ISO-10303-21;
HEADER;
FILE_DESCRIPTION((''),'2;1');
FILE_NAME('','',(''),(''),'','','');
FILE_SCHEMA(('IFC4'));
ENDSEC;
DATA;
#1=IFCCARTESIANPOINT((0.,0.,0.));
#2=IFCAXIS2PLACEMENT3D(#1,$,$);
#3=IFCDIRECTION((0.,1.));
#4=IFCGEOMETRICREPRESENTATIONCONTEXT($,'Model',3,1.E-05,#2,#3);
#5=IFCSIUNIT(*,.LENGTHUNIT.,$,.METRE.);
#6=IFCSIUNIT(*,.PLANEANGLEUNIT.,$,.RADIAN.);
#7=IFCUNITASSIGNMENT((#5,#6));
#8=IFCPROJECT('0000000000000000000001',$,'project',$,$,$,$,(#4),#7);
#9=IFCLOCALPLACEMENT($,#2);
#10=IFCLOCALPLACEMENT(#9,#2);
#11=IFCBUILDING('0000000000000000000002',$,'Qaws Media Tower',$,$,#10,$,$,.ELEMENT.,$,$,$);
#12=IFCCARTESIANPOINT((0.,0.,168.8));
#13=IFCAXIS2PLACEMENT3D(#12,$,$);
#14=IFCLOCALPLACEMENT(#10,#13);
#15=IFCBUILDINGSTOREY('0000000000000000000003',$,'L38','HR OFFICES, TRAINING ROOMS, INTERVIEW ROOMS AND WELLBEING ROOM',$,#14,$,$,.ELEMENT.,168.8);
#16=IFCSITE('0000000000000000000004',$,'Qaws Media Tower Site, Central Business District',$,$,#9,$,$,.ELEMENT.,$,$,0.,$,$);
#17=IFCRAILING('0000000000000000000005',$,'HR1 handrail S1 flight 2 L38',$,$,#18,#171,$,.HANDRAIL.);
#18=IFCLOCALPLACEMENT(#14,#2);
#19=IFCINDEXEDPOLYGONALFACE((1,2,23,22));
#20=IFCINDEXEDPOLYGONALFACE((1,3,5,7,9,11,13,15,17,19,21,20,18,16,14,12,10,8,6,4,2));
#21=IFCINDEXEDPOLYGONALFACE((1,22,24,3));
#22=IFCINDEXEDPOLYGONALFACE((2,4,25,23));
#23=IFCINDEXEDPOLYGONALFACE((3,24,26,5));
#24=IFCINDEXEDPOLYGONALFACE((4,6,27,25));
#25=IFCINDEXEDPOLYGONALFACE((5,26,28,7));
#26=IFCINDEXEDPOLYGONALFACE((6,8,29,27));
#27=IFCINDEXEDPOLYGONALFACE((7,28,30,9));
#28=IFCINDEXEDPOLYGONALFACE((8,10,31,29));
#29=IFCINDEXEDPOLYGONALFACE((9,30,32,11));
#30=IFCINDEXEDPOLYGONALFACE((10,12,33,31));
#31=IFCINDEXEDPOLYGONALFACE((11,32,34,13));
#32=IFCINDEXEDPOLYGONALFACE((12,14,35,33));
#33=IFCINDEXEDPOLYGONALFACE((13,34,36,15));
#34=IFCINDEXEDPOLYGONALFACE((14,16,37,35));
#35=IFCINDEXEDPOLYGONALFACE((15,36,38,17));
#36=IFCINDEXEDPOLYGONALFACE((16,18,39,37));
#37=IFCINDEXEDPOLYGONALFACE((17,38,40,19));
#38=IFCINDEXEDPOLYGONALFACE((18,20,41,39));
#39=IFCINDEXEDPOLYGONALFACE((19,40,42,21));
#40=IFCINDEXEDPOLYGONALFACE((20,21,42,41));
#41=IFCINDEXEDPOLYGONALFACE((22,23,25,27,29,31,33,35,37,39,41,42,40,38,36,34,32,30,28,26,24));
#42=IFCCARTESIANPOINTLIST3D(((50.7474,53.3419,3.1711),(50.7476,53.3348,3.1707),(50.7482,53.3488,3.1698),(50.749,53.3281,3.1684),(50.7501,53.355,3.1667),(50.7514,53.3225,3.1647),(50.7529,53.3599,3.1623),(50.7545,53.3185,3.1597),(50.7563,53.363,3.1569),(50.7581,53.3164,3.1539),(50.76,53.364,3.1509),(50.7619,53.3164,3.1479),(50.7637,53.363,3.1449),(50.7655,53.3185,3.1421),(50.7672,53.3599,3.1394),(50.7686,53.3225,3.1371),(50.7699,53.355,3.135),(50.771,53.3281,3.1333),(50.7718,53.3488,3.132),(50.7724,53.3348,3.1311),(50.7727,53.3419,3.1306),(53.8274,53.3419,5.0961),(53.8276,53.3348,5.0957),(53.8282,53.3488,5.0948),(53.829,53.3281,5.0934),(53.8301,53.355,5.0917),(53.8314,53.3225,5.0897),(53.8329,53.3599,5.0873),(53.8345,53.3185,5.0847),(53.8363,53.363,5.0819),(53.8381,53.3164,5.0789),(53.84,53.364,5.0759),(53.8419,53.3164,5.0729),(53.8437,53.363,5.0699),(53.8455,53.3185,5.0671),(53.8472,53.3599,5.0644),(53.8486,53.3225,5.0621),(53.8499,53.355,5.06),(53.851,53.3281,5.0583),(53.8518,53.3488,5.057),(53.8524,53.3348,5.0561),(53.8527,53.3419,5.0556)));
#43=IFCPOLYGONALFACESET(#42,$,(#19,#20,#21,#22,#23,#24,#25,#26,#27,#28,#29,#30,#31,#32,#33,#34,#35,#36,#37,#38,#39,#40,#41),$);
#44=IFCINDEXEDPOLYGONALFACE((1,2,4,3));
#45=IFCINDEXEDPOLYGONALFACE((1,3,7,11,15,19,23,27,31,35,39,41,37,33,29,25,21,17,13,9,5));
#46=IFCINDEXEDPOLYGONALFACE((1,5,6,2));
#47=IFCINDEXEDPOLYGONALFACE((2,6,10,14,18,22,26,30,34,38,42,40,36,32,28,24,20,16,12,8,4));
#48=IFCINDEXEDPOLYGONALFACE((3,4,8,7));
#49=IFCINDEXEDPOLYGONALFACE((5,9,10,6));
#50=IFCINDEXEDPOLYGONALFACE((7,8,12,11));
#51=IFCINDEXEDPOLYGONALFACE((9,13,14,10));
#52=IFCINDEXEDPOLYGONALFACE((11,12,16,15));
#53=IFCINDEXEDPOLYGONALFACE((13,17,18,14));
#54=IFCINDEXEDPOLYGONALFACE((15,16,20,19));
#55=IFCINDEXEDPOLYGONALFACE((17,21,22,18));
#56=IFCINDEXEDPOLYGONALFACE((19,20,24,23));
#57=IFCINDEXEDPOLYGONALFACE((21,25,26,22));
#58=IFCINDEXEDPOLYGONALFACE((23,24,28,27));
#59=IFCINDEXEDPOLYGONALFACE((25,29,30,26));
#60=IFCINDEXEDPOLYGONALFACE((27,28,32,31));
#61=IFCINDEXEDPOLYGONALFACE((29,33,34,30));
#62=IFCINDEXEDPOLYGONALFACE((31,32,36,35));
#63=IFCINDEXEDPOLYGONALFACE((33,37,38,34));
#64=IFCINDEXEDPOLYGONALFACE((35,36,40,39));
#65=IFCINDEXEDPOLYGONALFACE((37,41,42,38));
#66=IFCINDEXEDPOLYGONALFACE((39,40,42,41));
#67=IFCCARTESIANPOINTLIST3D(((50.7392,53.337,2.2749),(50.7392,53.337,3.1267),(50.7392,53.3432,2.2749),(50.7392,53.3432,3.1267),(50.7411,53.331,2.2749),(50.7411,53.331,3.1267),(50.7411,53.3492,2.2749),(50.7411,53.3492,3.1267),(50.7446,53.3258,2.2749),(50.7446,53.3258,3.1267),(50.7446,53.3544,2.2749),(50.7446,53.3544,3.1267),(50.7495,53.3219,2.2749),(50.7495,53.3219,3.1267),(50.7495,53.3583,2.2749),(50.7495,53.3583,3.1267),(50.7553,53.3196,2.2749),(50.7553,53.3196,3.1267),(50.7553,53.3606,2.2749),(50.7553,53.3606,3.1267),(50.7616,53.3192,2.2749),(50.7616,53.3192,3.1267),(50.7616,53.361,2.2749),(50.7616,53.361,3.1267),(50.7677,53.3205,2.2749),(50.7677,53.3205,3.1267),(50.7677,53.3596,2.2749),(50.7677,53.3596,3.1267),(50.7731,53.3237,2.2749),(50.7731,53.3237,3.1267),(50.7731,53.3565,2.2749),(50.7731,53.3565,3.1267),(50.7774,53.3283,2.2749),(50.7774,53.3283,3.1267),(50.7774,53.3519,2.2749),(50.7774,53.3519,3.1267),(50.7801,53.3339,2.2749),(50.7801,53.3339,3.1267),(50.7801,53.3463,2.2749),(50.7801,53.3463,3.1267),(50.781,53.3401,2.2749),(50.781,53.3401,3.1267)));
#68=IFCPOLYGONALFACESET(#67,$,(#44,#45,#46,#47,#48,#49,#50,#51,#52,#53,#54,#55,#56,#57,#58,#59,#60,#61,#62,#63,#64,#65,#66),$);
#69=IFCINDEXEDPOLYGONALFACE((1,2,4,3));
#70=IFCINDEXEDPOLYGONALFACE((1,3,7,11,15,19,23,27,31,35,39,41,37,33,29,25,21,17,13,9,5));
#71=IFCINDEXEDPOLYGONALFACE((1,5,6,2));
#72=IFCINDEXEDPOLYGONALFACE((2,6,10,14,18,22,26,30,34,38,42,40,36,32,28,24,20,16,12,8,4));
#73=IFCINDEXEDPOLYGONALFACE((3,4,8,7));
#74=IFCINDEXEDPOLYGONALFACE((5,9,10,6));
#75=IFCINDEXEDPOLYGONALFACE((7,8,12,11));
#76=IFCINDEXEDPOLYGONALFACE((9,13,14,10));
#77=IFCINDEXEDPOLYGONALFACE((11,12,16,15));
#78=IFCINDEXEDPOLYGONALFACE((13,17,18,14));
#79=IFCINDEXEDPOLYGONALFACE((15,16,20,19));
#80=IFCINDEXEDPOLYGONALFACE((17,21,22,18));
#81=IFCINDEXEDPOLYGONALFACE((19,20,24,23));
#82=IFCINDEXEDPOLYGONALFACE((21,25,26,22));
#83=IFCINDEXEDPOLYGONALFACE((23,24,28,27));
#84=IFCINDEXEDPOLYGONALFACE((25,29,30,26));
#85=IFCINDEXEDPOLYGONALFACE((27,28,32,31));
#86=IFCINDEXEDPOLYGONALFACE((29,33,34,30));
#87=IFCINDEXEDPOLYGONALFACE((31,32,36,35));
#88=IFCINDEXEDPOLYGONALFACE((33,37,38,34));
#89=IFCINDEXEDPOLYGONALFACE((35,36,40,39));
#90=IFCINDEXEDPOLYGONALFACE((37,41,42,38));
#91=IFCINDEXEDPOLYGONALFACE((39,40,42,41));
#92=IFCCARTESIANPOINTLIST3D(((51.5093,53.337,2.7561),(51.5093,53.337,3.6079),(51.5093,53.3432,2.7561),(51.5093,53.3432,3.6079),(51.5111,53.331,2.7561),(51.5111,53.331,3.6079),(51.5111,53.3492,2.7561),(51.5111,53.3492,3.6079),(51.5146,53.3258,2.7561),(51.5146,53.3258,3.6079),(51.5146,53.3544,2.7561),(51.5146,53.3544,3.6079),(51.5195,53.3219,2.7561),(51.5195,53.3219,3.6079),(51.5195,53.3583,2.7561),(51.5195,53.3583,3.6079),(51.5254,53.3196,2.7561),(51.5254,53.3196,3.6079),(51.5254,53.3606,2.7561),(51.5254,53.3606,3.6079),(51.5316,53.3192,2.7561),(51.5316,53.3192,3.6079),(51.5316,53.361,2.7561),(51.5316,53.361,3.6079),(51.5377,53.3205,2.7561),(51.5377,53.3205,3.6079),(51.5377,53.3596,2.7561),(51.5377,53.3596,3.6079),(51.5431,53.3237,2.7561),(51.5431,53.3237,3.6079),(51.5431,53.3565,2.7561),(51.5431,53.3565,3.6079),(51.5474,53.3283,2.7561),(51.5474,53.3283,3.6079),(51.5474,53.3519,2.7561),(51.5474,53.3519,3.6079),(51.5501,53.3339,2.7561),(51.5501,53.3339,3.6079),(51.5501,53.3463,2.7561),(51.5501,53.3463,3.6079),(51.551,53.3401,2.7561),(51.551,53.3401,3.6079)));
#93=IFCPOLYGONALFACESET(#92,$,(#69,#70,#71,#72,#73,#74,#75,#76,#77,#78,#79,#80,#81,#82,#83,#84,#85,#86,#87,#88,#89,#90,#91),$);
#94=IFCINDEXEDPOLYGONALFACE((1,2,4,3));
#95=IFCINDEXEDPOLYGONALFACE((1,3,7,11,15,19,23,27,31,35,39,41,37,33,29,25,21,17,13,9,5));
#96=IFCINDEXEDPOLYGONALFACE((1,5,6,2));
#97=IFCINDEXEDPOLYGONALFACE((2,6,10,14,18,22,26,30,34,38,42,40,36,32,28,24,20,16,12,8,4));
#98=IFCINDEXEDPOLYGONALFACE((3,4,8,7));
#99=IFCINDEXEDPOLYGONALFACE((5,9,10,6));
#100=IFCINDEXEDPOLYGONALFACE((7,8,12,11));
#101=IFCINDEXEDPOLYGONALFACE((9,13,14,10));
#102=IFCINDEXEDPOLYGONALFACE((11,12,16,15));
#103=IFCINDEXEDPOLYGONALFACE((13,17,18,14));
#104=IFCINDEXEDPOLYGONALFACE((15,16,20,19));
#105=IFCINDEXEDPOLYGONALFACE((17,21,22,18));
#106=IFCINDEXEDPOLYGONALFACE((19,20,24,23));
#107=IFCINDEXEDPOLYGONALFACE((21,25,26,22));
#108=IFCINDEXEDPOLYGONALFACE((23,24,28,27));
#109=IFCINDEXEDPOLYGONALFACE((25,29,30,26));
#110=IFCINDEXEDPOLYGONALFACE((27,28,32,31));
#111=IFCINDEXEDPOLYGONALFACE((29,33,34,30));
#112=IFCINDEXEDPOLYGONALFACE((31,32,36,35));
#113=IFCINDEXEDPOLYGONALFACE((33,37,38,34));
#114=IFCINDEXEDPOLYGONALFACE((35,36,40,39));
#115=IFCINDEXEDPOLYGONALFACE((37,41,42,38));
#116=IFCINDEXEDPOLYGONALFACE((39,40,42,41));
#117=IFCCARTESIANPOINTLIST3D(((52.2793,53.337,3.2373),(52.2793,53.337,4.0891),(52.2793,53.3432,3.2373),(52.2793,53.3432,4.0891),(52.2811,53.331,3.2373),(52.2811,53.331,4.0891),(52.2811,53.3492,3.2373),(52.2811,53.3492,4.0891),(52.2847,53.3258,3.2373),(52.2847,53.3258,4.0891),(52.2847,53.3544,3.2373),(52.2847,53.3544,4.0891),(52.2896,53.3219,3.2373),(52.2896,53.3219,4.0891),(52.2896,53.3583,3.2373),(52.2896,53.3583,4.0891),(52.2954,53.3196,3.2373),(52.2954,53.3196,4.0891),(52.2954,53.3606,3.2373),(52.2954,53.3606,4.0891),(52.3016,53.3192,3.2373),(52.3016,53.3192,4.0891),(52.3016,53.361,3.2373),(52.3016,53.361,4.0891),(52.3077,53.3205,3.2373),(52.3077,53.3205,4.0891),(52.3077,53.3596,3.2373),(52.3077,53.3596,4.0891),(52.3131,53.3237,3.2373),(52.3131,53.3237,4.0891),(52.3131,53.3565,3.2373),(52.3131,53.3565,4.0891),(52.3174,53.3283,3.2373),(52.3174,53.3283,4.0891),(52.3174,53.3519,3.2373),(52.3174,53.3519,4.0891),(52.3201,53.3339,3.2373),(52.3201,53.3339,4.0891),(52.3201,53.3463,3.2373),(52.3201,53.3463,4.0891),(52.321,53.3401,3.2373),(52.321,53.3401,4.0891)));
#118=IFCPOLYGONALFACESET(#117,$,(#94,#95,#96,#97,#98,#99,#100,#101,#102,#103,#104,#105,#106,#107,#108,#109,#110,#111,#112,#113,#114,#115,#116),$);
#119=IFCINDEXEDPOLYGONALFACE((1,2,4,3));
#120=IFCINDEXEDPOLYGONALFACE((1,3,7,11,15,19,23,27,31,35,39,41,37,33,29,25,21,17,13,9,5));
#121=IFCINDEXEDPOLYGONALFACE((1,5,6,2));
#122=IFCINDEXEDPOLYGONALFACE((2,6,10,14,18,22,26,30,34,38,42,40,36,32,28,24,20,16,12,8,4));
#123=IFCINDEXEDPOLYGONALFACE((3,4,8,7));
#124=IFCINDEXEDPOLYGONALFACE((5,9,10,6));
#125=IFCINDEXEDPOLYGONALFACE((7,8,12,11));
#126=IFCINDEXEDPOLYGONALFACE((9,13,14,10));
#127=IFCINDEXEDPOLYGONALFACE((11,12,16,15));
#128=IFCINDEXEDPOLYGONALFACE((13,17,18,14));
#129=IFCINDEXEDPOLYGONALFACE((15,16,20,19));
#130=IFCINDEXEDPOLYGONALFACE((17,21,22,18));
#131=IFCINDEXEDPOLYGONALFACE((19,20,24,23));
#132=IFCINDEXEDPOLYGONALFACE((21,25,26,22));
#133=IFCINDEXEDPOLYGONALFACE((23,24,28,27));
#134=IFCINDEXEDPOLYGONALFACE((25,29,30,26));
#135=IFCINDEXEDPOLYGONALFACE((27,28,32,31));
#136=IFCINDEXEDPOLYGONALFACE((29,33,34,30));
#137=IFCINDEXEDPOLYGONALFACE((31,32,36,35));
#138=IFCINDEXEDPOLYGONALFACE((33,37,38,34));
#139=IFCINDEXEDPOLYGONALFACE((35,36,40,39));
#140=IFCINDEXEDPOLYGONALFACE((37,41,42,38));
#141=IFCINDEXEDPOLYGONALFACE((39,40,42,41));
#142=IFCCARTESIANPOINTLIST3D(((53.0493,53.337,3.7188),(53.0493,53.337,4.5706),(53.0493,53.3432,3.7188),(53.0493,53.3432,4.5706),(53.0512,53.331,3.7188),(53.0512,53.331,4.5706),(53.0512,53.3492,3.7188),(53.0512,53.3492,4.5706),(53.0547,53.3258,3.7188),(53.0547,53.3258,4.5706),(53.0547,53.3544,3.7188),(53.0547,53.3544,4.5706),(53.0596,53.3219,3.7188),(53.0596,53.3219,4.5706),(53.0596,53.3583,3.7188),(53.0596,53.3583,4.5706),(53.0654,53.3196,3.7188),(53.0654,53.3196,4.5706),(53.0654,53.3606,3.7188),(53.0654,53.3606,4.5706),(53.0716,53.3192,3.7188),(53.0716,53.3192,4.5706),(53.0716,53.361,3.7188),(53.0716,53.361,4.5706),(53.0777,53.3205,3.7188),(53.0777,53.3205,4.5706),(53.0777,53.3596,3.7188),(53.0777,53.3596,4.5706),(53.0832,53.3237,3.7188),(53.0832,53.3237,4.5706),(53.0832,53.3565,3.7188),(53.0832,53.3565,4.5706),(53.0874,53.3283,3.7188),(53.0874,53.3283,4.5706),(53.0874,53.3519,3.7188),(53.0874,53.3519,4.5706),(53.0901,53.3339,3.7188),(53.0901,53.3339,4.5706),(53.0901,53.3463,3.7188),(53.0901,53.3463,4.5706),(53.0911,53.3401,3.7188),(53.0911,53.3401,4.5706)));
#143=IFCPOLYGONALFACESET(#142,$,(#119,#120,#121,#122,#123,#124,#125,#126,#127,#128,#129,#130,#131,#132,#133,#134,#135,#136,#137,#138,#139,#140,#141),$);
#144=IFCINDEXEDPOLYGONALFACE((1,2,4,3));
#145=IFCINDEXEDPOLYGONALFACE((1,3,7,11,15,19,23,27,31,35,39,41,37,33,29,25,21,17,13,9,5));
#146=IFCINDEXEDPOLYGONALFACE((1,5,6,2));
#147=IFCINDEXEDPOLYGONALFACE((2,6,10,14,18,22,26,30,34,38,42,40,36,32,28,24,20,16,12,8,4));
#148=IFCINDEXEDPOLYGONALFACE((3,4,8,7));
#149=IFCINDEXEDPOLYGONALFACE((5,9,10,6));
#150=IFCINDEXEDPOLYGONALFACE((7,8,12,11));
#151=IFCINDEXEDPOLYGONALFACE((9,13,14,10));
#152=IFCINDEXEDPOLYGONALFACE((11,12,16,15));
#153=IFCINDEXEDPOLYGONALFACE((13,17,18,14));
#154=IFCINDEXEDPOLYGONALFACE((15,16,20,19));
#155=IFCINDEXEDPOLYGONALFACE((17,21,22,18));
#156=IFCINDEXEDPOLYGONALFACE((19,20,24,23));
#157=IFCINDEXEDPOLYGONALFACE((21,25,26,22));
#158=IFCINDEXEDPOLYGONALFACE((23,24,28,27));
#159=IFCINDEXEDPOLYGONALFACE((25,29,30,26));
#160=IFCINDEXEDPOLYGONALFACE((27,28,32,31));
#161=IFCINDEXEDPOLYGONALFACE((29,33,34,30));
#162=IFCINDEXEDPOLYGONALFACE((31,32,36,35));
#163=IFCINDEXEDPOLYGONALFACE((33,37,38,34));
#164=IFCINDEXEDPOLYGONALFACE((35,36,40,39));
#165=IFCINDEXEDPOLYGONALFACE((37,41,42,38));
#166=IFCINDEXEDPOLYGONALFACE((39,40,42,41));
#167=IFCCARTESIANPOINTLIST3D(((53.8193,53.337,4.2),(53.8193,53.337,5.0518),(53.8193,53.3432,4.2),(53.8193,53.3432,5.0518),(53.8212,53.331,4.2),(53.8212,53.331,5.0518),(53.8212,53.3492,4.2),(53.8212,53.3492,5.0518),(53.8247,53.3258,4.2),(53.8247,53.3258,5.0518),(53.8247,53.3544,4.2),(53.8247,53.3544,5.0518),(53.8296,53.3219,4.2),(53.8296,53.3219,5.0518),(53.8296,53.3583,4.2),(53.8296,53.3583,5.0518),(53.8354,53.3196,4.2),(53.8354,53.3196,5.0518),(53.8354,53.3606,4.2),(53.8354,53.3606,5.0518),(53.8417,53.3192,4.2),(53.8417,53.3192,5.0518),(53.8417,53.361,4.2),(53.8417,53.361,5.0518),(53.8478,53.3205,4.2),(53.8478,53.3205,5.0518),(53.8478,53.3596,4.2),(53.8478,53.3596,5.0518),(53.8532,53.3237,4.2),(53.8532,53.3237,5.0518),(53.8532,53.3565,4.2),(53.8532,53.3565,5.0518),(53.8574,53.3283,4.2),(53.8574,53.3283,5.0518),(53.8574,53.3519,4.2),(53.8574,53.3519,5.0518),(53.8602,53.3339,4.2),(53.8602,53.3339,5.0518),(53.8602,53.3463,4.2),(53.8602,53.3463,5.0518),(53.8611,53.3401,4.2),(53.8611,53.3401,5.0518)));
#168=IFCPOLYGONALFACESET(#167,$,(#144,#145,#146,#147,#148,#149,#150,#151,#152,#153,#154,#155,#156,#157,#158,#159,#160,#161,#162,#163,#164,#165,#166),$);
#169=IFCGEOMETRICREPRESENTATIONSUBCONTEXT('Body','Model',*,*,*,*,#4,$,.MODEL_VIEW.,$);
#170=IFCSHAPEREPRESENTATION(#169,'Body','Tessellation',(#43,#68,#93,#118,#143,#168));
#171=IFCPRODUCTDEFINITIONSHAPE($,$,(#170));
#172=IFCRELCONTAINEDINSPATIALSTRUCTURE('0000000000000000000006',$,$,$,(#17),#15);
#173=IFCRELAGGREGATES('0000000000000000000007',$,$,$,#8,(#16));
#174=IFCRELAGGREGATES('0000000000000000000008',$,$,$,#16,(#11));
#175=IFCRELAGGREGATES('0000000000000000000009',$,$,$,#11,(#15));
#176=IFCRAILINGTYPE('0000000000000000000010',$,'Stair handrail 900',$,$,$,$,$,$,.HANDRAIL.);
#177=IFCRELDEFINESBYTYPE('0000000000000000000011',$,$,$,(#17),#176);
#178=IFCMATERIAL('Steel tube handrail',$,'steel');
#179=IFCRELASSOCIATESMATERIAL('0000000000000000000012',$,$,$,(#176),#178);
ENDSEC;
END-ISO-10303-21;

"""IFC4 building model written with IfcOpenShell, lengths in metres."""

from ifc_helpers import new_model, si_unit, direction, frame, origin, origin_2d, place, context, subcontext, project, spatial, circle, extrude, material, type_object, element, save


model = new_model("IFC4")

# Units and contexts
model_context = context("Model", 3, precision=1e-05, world=origin(), true_north=direction((0.0, 1.0)))
body_context = subcontext(model_context, "Body", "Model", "MODEL_VIEW")
ifc_project = project(units=[si_unit("LENGTHUNIT", "METRE"), si_unit("PLANEANGLEUNIT", "RADIAN")], contexts=[model_context])

# Site, building, storey
site_placement = place(None, origin())
site = spatial("IfcSite", under=ifc_project, at=site_placement, Name="Qaws Media Tower Site, Central Business District", CompositionType="ELEMENT", RefElevation=0.0)
building_placement = place(site_placement, origin())
building = spatial("IfcBuilding", under=site, at=building_placement, Name="Qaws Media Tower", CompositionType="ELEMENT")
storey_placement = place(building_placement, frame((0.0, 0.0, 168.8)))
storey = spatial("IfcBuildingStorey", under=building, at=storey_placement, Name="L38", Description="HR OFFICES, TRAINING ROOMS, INTERVIEW ROOMS AND WELLBEING ROOM", CompositionType="ELEMENT", Elevation=168.8)

# Railing
ifc_material_1 = material(Name="Steel tube handrail", Category="steel")
railing_type = type_object("IfcRailingType", Name="Stair handrail 900", PredefinedType="HANDRAIL", material=ifc_material_1)
for number, where, name in (
    (1, (50.76, 53.3401, 2.2749), "HR1 handrail S1 flight 2 L38"),
):
    element("IfcRailing", number, at=place(storey_placement, frame(where)), inside=storey, type_object=railing_type, Name=name, PredefinedType="HANDRAIL", context=body_context, shape_type="SweptSolid", body=[
        extrude(circle(Radius=0.0239, at=origin_2d()), frame((0.0, 0.0, 0.876), z_axis=(0.847998, 0.0, 0.529999), x_axis=(0.0, 1.0, 0.0)), (0.0, 0.0, 1.0), 3.6321),
        extrude(circle(Radius=0.021, at=origin_2d()), origin(), (0.0, 0.0, 1.0), 0.8518),
        extrude(circle(Radius=0.021, at=origin_2d()), frame((0.77, 0.0, 0.4812)), (0.0, 0.0, 1.0), 0.8518),
        extrude(circle(Radius=0.021, at=origin_2d()), frame((1.54, 0.0, 0.9624)), (0.0, 0.0, 1.0), 0.8518),
        extrude(circle(Radius=0.021, at=origin_2d()), frame((2.3101, 0.0, 1.4438)), (0.0, 0.0, 1.0), 0.8518),
        extrude(circle(Radius=0.021, at=origin_2d()), frame((3.0801, 0.0, 1.925)), (0.0, 0.0, 1.0), 0.8518),
    ])

save(model, "model.ifc")
